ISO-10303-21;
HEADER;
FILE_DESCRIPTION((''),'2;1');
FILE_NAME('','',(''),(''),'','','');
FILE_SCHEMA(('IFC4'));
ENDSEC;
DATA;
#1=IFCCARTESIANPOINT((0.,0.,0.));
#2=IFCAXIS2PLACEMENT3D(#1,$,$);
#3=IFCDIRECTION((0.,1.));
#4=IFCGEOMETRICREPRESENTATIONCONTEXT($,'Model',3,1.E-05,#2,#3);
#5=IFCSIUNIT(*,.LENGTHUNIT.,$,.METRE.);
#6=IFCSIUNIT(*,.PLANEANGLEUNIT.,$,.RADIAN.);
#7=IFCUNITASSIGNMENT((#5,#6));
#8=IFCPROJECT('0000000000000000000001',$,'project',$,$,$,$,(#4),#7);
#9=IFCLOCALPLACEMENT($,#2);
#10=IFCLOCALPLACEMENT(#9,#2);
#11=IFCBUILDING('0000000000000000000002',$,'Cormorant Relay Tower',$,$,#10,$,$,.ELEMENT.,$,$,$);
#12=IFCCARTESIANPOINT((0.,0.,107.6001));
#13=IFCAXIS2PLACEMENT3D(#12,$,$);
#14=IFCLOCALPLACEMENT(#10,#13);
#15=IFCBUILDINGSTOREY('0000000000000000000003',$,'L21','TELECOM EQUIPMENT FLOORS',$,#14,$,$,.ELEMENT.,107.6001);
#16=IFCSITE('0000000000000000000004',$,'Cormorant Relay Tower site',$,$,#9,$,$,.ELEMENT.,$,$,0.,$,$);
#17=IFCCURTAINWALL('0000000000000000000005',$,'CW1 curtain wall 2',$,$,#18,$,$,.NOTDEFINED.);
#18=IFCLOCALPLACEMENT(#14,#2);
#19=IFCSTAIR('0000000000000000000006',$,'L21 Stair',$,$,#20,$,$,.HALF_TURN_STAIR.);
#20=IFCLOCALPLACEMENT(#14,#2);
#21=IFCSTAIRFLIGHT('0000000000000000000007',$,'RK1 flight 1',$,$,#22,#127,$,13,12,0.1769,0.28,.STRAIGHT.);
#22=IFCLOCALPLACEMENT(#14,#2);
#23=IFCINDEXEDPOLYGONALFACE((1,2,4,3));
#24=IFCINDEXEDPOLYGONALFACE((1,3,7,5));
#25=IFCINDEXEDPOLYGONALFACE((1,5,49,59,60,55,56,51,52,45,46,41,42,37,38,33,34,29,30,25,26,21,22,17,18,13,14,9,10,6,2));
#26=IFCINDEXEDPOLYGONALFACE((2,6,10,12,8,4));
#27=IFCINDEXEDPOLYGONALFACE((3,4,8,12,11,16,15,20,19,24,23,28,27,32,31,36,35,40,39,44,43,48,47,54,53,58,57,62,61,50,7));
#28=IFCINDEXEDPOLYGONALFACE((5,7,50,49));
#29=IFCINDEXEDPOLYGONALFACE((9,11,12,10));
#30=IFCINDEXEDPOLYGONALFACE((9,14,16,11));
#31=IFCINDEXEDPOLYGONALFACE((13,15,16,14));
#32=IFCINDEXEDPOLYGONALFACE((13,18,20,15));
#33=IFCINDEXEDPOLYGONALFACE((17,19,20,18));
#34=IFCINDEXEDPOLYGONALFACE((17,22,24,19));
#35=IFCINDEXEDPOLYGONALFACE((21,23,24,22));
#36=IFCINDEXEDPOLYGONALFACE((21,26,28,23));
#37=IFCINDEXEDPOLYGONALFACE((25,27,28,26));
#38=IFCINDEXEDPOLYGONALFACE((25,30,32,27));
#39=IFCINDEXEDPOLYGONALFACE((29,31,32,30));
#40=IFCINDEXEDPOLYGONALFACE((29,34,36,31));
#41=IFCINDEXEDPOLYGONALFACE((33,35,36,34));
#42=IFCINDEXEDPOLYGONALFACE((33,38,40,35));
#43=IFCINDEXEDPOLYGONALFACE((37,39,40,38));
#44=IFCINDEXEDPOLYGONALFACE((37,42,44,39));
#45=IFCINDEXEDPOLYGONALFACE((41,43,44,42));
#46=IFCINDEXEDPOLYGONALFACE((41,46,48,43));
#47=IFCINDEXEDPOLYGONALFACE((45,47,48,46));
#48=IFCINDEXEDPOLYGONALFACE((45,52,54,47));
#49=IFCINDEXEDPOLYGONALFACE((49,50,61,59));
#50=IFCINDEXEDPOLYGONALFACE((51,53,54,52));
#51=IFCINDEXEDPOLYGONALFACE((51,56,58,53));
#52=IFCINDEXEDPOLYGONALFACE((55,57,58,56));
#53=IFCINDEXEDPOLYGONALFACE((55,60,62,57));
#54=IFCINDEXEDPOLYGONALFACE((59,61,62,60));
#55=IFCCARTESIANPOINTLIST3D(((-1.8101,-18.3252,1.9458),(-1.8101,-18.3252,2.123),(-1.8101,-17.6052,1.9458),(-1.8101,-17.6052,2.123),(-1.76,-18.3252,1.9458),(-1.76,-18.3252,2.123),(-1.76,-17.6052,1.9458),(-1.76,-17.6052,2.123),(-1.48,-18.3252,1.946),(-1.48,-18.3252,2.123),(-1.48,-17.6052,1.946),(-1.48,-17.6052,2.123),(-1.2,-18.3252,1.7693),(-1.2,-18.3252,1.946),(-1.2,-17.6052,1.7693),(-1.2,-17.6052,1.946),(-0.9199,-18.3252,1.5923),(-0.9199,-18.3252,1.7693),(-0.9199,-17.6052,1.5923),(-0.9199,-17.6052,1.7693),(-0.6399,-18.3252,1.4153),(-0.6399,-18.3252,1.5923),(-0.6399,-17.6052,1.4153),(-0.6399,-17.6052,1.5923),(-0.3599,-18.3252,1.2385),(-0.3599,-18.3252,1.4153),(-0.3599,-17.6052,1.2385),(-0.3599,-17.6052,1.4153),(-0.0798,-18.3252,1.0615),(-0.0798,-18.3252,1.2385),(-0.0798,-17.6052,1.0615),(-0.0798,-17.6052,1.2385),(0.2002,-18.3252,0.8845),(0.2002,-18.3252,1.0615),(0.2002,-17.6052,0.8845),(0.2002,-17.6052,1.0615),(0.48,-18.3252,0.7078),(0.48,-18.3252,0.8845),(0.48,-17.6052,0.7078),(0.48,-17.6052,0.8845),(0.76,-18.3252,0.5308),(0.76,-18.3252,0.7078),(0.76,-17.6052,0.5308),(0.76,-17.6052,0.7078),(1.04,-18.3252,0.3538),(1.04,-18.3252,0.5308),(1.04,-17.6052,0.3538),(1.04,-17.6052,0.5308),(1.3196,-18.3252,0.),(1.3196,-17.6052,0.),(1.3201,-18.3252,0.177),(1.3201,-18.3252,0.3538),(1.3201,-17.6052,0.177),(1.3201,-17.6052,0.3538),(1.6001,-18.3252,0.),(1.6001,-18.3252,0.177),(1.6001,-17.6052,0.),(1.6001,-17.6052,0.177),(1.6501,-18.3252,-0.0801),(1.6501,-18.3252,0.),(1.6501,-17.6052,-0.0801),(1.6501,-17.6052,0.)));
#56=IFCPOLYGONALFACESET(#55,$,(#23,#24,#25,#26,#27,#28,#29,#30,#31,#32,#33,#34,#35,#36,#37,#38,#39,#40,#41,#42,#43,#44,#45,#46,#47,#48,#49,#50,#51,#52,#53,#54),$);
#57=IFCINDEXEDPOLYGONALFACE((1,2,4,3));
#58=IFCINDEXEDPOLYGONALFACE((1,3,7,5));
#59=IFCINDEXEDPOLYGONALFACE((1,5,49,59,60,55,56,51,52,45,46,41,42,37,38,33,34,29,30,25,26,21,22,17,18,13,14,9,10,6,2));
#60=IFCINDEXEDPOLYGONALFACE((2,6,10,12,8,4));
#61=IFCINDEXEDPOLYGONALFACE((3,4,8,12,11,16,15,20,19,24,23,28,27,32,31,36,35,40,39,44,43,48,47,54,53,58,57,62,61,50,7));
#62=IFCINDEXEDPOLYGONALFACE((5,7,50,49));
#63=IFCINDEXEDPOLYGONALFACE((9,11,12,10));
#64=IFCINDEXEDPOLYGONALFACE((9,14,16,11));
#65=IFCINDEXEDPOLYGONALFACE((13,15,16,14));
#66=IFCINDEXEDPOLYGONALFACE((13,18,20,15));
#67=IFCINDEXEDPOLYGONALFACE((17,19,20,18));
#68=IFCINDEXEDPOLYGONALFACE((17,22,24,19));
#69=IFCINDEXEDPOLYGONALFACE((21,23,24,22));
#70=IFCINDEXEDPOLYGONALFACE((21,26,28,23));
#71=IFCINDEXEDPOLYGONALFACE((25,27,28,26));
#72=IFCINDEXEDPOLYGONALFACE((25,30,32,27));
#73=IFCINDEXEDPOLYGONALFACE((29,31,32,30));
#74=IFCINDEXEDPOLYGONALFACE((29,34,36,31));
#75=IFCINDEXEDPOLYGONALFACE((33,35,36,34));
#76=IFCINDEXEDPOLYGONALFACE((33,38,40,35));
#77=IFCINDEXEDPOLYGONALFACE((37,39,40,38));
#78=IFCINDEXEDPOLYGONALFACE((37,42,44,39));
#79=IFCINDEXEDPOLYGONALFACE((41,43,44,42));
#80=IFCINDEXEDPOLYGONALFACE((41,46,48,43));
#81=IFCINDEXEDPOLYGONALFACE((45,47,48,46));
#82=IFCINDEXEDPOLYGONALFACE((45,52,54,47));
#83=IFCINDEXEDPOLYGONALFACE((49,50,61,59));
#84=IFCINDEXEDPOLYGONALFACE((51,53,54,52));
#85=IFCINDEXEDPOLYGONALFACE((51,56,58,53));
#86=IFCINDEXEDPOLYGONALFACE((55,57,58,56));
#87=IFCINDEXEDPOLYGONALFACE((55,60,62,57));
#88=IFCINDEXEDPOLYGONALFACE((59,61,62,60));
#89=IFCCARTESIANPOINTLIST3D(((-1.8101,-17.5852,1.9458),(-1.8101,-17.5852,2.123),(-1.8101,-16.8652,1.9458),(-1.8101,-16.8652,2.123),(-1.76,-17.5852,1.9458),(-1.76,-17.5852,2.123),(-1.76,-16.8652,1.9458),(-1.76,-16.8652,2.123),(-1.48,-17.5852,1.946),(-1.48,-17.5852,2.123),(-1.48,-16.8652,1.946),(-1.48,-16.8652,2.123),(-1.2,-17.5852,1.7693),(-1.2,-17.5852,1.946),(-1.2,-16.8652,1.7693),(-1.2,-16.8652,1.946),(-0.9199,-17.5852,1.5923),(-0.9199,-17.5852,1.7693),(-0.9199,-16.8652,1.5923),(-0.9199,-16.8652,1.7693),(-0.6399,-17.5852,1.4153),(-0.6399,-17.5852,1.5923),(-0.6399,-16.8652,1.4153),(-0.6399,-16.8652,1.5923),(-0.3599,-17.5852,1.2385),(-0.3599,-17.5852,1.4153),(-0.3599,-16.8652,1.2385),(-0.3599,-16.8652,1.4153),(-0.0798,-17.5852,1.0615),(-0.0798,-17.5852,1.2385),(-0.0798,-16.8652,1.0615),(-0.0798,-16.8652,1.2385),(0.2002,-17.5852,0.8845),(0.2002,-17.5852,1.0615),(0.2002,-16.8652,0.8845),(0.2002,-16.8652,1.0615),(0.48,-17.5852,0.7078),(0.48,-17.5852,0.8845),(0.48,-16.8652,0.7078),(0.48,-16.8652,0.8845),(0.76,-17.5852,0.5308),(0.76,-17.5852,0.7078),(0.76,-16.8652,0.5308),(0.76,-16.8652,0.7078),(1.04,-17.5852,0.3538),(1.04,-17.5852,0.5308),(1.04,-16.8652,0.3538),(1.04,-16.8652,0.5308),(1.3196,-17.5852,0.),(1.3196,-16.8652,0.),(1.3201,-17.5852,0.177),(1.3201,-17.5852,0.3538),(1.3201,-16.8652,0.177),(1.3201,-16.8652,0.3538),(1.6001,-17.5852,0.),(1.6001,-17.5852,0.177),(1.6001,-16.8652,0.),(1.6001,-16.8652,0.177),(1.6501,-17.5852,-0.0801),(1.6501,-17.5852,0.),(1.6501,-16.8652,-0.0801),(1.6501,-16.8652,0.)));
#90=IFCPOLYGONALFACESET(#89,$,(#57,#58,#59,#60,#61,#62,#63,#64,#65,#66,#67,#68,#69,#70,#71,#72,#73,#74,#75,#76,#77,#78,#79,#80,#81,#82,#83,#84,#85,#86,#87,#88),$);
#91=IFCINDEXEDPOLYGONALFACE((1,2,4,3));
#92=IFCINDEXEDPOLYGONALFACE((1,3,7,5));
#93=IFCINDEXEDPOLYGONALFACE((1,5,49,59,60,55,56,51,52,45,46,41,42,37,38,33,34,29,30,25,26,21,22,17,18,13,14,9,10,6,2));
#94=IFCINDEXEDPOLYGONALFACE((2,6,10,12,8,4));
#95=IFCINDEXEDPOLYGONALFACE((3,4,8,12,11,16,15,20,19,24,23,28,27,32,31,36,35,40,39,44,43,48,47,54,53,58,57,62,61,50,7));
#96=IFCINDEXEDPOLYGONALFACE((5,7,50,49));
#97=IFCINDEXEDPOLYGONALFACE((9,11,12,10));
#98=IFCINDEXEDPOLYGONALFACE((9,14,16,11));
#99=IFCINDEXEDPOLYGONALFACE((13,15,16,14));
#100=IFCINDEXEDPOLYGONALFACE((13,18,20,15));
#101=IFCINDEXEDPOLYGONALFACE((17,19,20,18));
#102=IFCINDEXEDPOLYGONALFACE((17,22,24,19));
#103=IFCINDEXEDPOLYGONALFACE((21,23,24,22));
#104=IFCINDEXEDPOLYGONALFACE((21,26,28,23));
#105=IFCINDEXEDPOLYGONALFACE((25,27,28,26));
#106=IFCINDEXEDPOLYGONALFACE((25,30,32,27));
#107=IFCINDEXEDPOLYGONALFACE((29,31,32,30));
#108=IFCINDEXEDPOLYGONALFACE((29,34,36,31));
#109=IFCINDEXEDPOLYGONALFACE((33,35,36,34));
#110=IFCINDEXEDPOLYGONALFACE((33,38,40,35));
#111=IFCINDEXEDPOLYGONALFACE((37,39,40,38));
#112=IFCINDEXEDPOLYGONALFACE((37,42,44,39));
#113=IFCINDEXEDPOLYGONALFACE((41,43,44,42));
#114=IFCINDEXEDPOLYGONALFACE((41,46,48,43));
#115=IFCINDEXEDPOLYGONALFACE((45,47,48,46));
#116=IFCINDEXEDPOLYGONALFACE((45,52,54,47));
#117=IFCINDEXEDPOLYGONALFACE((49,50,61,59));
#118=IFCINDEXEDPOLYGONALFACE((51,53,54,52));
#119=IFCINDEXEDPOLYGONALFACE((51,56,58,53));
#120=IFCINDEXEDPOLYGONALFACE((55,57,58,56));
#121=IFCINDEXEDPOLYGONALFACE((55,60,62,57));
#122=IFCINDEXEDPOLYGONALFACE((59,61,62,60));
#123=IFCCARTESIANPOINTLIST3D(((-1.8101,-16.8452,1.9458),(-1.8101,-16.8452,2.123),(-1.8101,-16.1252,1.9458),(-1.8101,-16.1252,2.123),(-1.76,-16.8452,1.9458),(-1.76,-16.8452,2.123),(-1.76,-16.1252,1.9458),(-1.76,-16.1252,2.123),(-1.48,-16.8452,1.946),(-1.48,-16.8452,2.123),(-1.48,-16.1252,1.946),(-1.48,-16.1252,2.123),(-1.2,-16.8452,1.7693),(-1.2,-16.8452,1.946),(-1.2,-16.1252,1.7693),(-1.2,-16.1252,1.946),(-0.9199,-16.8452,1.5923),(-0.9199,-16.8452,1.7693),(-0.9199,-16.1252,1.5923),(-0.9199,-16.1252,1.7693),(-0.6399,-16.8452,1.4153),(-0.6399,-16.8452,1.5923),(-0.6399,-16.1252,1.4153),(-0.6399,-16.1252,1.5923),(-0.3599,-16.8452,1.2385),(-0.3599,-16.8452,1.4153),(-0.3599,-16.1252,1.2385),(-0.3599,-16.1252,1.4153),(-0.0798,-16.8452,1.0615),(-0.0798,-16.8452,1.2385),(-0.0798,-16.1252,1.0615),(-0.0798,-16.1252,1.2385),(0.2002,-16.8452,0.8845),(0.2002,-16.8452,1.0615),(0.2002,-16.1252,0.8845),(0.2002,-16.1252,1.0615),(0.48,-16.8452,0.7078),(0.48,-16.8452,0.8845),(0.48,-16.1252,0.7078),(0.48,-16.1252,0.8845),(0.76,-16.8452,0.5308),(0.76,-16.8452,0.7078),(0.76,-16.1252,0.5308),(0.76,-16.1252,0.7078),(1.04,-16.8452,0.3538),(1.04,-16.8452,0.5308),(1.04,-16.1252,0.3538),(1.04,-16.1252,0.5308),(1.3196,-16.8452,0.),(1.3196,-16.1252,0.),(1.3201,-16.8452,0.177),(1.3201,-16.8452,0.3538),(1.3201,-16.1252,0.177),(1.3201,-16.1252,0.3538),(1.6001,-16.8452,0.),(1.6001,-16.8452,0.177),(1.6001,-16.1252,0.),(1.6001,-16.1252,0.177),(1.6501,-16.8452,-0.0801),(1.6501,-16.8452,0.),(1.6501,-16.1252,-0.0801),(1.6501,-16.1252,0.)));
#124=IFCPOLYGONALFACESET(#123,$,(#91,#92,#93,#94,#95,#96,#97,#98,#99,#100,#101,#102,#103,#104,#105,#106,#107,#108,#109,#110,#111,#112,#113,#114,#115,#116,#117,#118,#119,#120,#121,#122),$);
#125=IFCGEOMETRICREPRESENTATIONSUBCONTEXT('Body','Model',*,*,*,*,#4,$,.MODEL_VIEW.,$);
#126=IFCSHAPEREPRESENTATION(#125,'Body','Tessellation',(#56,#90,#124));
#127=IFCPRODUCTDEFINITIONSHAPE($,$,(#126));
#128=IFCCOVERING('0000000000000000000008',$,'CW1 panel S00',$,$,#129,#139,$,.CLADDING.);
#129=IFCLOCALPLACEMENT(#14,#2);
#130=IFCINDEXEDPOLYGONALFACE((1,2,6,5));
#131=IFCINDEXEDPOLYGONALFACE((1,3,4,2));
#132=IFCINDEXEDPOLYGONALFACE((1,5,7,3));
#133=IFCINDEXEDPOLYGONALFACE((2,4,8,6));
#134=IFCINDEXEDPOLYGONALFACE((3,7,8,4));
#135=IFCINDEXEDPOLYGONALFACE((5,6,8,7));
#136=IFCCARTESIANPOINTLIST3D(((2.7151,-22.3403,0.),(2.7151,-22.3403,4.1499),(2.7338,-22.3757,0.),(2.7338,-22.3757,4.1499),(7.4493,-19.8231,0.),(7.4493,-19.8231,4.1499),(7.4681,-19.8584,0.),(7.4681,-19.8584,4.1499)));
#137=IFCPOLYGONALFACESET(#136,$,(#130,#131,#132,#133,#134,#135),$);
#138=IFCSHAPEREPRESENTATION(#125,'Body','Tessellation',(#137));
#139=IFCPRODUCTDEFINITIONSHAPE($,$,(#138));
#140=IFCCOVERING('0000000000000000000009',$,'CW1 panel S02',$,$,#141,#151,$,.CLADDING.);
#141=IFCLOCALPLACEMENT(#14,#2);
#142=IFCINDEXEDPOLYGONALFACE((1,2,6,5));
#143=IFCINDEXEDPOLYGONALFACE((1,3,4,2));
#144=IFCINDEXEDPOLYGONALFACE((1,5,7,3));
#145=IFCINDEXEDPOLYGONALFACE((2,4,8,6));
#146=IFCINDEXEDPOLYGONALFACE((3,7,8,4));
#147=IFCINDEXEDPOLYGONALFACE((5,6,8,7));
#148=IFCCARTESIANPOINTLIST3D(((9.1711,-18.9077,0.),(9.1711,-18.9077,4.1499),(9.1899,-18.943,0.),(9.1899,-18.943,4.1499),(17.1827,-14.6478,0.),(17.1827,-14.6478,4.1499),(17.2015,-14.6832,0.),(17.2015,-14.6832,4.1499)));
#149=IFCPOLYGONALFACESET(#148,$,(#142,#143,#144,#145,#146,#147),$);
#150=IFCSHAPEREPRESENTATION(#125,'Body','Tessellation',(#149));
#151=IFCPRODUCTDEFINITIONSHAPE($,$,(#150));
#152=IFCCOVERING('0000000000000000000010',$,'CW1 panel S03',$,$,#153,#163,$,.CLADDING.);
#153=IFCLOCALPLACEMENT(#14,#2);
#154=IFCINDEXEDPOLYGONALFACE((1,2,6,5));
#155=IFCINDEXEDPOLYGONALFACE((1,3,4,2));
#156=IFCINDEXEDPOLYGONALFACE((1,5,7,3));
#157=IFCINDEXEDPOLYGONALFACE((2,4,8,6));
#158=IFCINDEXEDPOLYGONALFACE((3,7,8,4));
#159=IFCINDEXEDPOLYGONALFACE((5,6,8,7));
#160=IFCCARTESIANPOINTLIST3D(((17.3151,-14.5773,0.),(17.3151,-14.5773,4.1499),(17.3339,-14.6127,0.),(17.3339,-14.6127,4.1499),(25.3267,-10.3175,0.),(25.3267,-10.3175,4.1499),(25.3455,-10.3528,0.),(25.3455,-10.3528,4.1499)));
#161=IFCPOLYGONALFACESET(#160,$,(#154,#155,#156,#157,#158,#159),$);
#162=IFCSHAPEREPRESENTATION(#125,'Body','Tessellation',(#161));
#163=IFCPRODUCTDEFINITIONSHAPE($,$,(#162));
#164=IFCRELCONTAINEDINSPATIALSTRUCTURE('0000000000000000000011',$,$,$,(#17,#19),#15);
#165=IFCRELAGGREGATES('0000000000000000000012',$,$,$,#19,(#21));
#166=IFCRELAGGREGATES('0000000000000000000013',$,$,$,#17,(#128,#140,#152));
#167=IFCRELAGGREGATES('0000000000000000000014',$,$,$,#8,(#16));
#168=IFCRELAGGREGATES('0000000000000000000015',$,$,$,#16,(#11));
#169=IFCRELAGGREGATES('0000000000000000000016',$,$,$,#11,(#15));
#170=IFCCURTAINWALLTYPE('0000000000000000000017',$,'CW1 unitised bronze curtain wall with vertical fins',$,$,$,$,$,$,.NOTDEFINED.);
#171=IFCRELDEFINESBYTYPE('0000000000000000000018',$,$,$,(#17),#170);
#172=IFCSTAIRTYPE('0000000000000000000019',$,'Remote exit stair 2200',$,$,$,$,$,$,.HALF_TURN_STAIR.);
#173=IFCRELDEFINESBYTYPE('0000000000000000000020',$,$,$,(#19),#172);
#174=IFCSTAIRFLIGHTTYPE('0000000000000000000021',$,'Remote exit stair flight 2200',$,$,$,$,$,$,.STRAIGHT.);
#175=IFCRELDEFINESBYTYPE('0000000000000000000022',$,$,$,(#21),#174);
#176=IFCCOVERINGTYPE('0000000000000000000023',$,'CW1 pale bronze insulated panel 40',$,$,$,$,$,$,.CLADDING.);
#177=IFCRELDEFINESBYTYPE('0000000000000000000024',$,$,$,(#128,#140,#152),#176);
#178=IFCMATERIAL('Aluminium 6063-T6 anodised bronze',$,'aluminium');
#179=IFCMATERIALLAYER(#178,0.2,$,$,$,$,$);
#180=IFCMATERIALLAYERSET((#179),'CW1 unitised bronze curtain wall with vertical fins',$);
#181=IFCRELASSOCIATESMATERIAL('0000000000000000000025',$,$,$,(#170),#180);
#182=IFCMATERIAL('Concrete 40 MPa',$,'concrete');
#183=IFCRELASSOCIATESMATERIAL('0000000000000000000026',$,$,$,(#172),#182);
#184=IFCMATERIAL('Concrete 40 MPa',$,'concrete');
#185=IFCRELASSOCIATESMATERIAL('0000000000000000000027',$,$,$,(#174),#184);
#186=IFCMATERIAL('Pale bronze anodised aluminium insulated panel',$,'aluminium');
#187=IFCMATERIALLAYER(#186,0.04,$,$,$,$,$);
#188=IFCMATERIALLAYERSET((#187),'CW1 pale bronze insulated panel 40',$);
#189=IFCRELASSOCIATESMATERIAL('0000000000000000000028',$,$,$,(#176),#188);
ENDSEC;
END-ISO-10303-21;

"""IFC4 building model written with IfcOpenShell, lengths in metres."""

from ifc_helpers import new_model, si_unit, direction, frame, origin, origin_2d, place, context, subcontext, project, spatial, polyline, rectangle, outline, extrude, material, layer, layer_set, type_object, element, aggregate, save


model = new_model("IFC4")

# Units and contexts
model_context = context("Model", 3, precision=1e-05, world=origin(), true_north=direction((0.0, 1.0)))
body_context = subcontext(model_context, "Body", "Model", "MODEL_VIEW")
ifc_project = project(units=[si_unit("LENGTHUNIT", "METRE"), si_unit("PLANEANGLEUNIT", "RADIAN")], contexts=[model_context])

# Site, building, storey
site_placement = place(None, origin())
site = spatial("IfcSite", under=ifc_project, at=site_placement, Name="Cormorant Relay Tower site", CompositionType="ELEMENT", RefElevation=0.0)
building_placement = place(site_placement, origin())
building = spatial("IfcBuilding", under=site, at=building_placement, Name="Cormorant Relay Tower", CompositionType="ELEMENT")
storey_placement = place(building_placement, frame((0.0, 0.0, 107.6001)))
storey = spatial("IfcBuildingStorey", under=building, at=storey_placement, Name="L21", Description="TELECOM EQUIPMENT FLOORS", CompositionType="ELEMENT", Elevation=107.6001)

# Curtain wall
ifc_material_1 = material(Name="Aluminium 6063-T6 anodised bronze", Category="aluminium")
ifc_layer_1 = layer(ifc_material_1, 0.2)
ifc_layer_set_1 = layer_set([ifc_layer_1], Name="CW1 unitised bronze curtain wall with vertical fins")
curtain_wall_type = type_object("IfcCurtainWallType", Name="CW1 unitised bronze curtain wall with vertical fins", PredefinedType="NOTDEFINED", material=ifc_layer_set_1)
curtain_wall_1_placement = place(storey_placement, origin())
curtain_wall_1 = element("IfcCurtainWall", 1, at=curtain_wall_1_placement, inside=storey, type_object=curtain_wall_type, Name="CW1 curtain wall 2", PredefinedType="NOTDEFINED")

# Stair, stair flight
ifc_material_2 = material(Name="Concrete 40 MPa", Category="concrete")
stair_type = type_object("IfcStairType", Name="Remote exit stair 2200", PredefinedType="HALF_TURN_STAIR", material=ifc_material_2)
stair_placement = place(storey_placement, origin())
stair = element("IfcStair", 2, at=stair_placement, inside=storey, type_object=stair_type, Name="L21 Stair", PredefinedType="HALF_TURN_STAIR")
ifc_material_3 = material(Name="Concrete 40 MPa", Category="concrete")
stair_flight_type = type_object("IfcStairFlightType", Name="Remote exit stair flight 2200", PredefinedType="STRAIGHT", material=ifc_material_3)
stair_flight_placement = place(storey_placement, frame((1.6001, -17.2251, 0.0), z_axis=(0.0, 0.0, 1.0), x_axis=(-1.0, 0.0, 0.0)))
stair_flight = element("IfcStairFlight", 3, at=stair_flight_placement, type_object=stair_flight_type, Name="RK1 flight 1", NumberOfRisers=13, NumberOfTreads=12, PredefinedType="STRAIGHT", RiserHeight=0.1769, TreadLength=0.28, context=body_context, shape_type="SweptSolid", body=[
    extrude(outline(polyline([(-0.05, -0.0801), (-0.05, 0.0), (0.0, 0.0), (0.0, 0.177), (0.28, 0.177), (0.28, 0.3538), (0.5601, 0.3538), (0.5601, 0.5308), (0.8401, 0.5308), (0.8401, 0.7078), (1.1201, 0.7078), (1.1201, 0.8845), (1.3999, 0.8845), (1.3999, 1.0615), (1.6799, 1.0615), (1.6799, 1.2385), (1.96, 1.2385), (1.96, 1.4153), (2.24, 1.4153), (2.24, 1.5923), (2.52, 1.5923), (2.52, 1.7693), (2.8, 1.7693), (2.8, 1.946), (3.0801, 1.946), (3.0801, 2.123), (3.3601, 2.123), (3.4102, 2.123), (3.4102, 1.9458), (3.3601, 1.9458), (0.2805, 0.0), (-0.05, -0.0801)])), frame((0.0, 1.1001, 0.0), z_axis=(0.0, -1.0, 0.0), x_axis=(1.0, 0.0, 0.0)), (0.0, 0.0, 1.0), 0.72),
    extrude(outline(polyline([(-0.05, -0.0801), (-0.05, 0.0), (0.0, 0.0), (0.0, 0.177), (0.28, 0.177), (0.28, 0.3538), (0.5601, 0.3538), (0.5601, 0.5308), (0.8401, 0.5308), (0.8401, 0.7078), (1.1201, 0.7078), (1.1201, 0.8845), (1.3999, 0.8845), (1.3999, 1.0615), (1.6799, 1.0615), (1.6799, 1.2385), (1.96, 1.2385), (1.96, 1.4153), (2.24, 1.4153), (2.24, 1.5923), (2.52, 1.5923), (2.52, 1.7693), (2.8, 1.7693), (2.8, 1.946), (3.0801, 1.946), (3.0801, 2.123), (3.3601, 2.123), (3.4102, 2.123), (3.4102, 1.9458), (3.3601, 1.9458), (0.2805, 0.0), (-0.05, -0.0801)])), frame((0.0, 0.3601, 0.0), z_axis=(0.0, -1.0, 0.0), x_axis=(1.0, 0.0, 0.0)), (0.0, 0.0, 1.0), 0.72),
    extrude(outline(polyline([(-0.05, -0.0801), (-0.05, 0.0), (0.0, 0.0), (0.0, 0.177), (0.28, 0.177), (0.28, 0.3538), (0.5601, 0.3538), (0.5601, 0.5308), (0.8401, 0.5308), (0.8401, 0.7078), (1.1201, 0.7078), (1.1201, 0.8845), (1.3999, 0.8845), (1.3999, 1.0615), (1.6799, 1.0615), (1.6799, 1.2385), (1.96, 1.2385), (1.96, 1.4153), (2.24, 1.4153), (2.24, 1.5923), (2.52, 1.5923), (2.52, 1.7693), (2.8, 1.7693), (2.8, 1.946), (3.0801, 1.946), (3.0801, 2.123), (3.3601, 2.123), (3.4102, 2.123), (3.4102, 1.9458), (3.3601, 1.9458), (0.2805, 0.0), (-0.05, -0.0801)])), frame((0.0, -0.3799, 0.0), z_axis=(0.0, -1.0, 0.0), x_axis=(1.0, 0.0, 0.0)), (0.0, 0.0, 1.0), 0.72),
])
aggregate(stair, [stair_flight])

# Coverings
ifc_material_4 = material(Name="Pale bronze anodised aluminium insulated panel", Category="aluminium")
ifc_layer_2 = layer(ifc_material_4, 0.04)
ifc_layer_set_2 = layer_set([ifc_layer_2], Name="CW1 pale bronze insulated panel 40")
covering_type = type_object("IfcCoveringType", Name="CW1 pale bronze insulated panel 40", PredefinedType="CLADDING", material=ifc_layer_set_2)
covering_1_placement = place(storey_placement, frame((5.0916, -21.0994, 0.0), z_axis=(0.0, 0.0, 1.0), x_axis=(0.882948, 0.469472, 0.0)))
covering_1 = element("IfcCovering", 4, at=covering_1_placement, type_object=covering_type, Name="CW1 panel S00", PredefinedType="CLADDING", context=body_context, shape_type="SweptSolid", body=[
    extrude(rectangle(XDim=5.3618, YDim=0.04, at=origin_2d()), origin(), (0.0, 0.0, 1.0), 4.1499),
])
covering_2_placement = place(storey_placement, frame((13.1863, -16.7954, 0.0), z_axis=(0.0, 0.0, 1.0), x_axis=(0.882948, 0.469472, 0.0)))
covering_2 = element("IfcCovering", 5, at=covering_2_placement, type_object=covering_type, Name="CW1 panel S02", PredefinedType="CLADDING", context=body_context, shape_type="SweptSolid", body=[
    extrude(rectangle(XDim=9.0737, YDim=0.04, at=origin_2d()), origin(), (0.0, 0.0, 1.0), 4.1499),
])
covering_3_placement = place(storey_placement, frame((21.3303, -12.4651, 0.0), z_axis=(0.0, 0.0, 1.0), x_axis=(0.882948, 0.469472, 0.0)))
covering_3 = element("IfcCovering", 6, at=covering_3_placement, type_object=covering_type, Name="CW1 panel S03", PredefinedType="CLADDING", context=body_context, shape_type="SweptSolid", body=[
    extrude(rectangle(XDim=9.0737, YDim=0.04, at=origin_2d()), origin(), (0.0, 0.0, 1.0), 4.1499),
])
aggregate(curtain_wall_1, [covering_1, covering_2, covering_3])

save(model, "model.ifc")
